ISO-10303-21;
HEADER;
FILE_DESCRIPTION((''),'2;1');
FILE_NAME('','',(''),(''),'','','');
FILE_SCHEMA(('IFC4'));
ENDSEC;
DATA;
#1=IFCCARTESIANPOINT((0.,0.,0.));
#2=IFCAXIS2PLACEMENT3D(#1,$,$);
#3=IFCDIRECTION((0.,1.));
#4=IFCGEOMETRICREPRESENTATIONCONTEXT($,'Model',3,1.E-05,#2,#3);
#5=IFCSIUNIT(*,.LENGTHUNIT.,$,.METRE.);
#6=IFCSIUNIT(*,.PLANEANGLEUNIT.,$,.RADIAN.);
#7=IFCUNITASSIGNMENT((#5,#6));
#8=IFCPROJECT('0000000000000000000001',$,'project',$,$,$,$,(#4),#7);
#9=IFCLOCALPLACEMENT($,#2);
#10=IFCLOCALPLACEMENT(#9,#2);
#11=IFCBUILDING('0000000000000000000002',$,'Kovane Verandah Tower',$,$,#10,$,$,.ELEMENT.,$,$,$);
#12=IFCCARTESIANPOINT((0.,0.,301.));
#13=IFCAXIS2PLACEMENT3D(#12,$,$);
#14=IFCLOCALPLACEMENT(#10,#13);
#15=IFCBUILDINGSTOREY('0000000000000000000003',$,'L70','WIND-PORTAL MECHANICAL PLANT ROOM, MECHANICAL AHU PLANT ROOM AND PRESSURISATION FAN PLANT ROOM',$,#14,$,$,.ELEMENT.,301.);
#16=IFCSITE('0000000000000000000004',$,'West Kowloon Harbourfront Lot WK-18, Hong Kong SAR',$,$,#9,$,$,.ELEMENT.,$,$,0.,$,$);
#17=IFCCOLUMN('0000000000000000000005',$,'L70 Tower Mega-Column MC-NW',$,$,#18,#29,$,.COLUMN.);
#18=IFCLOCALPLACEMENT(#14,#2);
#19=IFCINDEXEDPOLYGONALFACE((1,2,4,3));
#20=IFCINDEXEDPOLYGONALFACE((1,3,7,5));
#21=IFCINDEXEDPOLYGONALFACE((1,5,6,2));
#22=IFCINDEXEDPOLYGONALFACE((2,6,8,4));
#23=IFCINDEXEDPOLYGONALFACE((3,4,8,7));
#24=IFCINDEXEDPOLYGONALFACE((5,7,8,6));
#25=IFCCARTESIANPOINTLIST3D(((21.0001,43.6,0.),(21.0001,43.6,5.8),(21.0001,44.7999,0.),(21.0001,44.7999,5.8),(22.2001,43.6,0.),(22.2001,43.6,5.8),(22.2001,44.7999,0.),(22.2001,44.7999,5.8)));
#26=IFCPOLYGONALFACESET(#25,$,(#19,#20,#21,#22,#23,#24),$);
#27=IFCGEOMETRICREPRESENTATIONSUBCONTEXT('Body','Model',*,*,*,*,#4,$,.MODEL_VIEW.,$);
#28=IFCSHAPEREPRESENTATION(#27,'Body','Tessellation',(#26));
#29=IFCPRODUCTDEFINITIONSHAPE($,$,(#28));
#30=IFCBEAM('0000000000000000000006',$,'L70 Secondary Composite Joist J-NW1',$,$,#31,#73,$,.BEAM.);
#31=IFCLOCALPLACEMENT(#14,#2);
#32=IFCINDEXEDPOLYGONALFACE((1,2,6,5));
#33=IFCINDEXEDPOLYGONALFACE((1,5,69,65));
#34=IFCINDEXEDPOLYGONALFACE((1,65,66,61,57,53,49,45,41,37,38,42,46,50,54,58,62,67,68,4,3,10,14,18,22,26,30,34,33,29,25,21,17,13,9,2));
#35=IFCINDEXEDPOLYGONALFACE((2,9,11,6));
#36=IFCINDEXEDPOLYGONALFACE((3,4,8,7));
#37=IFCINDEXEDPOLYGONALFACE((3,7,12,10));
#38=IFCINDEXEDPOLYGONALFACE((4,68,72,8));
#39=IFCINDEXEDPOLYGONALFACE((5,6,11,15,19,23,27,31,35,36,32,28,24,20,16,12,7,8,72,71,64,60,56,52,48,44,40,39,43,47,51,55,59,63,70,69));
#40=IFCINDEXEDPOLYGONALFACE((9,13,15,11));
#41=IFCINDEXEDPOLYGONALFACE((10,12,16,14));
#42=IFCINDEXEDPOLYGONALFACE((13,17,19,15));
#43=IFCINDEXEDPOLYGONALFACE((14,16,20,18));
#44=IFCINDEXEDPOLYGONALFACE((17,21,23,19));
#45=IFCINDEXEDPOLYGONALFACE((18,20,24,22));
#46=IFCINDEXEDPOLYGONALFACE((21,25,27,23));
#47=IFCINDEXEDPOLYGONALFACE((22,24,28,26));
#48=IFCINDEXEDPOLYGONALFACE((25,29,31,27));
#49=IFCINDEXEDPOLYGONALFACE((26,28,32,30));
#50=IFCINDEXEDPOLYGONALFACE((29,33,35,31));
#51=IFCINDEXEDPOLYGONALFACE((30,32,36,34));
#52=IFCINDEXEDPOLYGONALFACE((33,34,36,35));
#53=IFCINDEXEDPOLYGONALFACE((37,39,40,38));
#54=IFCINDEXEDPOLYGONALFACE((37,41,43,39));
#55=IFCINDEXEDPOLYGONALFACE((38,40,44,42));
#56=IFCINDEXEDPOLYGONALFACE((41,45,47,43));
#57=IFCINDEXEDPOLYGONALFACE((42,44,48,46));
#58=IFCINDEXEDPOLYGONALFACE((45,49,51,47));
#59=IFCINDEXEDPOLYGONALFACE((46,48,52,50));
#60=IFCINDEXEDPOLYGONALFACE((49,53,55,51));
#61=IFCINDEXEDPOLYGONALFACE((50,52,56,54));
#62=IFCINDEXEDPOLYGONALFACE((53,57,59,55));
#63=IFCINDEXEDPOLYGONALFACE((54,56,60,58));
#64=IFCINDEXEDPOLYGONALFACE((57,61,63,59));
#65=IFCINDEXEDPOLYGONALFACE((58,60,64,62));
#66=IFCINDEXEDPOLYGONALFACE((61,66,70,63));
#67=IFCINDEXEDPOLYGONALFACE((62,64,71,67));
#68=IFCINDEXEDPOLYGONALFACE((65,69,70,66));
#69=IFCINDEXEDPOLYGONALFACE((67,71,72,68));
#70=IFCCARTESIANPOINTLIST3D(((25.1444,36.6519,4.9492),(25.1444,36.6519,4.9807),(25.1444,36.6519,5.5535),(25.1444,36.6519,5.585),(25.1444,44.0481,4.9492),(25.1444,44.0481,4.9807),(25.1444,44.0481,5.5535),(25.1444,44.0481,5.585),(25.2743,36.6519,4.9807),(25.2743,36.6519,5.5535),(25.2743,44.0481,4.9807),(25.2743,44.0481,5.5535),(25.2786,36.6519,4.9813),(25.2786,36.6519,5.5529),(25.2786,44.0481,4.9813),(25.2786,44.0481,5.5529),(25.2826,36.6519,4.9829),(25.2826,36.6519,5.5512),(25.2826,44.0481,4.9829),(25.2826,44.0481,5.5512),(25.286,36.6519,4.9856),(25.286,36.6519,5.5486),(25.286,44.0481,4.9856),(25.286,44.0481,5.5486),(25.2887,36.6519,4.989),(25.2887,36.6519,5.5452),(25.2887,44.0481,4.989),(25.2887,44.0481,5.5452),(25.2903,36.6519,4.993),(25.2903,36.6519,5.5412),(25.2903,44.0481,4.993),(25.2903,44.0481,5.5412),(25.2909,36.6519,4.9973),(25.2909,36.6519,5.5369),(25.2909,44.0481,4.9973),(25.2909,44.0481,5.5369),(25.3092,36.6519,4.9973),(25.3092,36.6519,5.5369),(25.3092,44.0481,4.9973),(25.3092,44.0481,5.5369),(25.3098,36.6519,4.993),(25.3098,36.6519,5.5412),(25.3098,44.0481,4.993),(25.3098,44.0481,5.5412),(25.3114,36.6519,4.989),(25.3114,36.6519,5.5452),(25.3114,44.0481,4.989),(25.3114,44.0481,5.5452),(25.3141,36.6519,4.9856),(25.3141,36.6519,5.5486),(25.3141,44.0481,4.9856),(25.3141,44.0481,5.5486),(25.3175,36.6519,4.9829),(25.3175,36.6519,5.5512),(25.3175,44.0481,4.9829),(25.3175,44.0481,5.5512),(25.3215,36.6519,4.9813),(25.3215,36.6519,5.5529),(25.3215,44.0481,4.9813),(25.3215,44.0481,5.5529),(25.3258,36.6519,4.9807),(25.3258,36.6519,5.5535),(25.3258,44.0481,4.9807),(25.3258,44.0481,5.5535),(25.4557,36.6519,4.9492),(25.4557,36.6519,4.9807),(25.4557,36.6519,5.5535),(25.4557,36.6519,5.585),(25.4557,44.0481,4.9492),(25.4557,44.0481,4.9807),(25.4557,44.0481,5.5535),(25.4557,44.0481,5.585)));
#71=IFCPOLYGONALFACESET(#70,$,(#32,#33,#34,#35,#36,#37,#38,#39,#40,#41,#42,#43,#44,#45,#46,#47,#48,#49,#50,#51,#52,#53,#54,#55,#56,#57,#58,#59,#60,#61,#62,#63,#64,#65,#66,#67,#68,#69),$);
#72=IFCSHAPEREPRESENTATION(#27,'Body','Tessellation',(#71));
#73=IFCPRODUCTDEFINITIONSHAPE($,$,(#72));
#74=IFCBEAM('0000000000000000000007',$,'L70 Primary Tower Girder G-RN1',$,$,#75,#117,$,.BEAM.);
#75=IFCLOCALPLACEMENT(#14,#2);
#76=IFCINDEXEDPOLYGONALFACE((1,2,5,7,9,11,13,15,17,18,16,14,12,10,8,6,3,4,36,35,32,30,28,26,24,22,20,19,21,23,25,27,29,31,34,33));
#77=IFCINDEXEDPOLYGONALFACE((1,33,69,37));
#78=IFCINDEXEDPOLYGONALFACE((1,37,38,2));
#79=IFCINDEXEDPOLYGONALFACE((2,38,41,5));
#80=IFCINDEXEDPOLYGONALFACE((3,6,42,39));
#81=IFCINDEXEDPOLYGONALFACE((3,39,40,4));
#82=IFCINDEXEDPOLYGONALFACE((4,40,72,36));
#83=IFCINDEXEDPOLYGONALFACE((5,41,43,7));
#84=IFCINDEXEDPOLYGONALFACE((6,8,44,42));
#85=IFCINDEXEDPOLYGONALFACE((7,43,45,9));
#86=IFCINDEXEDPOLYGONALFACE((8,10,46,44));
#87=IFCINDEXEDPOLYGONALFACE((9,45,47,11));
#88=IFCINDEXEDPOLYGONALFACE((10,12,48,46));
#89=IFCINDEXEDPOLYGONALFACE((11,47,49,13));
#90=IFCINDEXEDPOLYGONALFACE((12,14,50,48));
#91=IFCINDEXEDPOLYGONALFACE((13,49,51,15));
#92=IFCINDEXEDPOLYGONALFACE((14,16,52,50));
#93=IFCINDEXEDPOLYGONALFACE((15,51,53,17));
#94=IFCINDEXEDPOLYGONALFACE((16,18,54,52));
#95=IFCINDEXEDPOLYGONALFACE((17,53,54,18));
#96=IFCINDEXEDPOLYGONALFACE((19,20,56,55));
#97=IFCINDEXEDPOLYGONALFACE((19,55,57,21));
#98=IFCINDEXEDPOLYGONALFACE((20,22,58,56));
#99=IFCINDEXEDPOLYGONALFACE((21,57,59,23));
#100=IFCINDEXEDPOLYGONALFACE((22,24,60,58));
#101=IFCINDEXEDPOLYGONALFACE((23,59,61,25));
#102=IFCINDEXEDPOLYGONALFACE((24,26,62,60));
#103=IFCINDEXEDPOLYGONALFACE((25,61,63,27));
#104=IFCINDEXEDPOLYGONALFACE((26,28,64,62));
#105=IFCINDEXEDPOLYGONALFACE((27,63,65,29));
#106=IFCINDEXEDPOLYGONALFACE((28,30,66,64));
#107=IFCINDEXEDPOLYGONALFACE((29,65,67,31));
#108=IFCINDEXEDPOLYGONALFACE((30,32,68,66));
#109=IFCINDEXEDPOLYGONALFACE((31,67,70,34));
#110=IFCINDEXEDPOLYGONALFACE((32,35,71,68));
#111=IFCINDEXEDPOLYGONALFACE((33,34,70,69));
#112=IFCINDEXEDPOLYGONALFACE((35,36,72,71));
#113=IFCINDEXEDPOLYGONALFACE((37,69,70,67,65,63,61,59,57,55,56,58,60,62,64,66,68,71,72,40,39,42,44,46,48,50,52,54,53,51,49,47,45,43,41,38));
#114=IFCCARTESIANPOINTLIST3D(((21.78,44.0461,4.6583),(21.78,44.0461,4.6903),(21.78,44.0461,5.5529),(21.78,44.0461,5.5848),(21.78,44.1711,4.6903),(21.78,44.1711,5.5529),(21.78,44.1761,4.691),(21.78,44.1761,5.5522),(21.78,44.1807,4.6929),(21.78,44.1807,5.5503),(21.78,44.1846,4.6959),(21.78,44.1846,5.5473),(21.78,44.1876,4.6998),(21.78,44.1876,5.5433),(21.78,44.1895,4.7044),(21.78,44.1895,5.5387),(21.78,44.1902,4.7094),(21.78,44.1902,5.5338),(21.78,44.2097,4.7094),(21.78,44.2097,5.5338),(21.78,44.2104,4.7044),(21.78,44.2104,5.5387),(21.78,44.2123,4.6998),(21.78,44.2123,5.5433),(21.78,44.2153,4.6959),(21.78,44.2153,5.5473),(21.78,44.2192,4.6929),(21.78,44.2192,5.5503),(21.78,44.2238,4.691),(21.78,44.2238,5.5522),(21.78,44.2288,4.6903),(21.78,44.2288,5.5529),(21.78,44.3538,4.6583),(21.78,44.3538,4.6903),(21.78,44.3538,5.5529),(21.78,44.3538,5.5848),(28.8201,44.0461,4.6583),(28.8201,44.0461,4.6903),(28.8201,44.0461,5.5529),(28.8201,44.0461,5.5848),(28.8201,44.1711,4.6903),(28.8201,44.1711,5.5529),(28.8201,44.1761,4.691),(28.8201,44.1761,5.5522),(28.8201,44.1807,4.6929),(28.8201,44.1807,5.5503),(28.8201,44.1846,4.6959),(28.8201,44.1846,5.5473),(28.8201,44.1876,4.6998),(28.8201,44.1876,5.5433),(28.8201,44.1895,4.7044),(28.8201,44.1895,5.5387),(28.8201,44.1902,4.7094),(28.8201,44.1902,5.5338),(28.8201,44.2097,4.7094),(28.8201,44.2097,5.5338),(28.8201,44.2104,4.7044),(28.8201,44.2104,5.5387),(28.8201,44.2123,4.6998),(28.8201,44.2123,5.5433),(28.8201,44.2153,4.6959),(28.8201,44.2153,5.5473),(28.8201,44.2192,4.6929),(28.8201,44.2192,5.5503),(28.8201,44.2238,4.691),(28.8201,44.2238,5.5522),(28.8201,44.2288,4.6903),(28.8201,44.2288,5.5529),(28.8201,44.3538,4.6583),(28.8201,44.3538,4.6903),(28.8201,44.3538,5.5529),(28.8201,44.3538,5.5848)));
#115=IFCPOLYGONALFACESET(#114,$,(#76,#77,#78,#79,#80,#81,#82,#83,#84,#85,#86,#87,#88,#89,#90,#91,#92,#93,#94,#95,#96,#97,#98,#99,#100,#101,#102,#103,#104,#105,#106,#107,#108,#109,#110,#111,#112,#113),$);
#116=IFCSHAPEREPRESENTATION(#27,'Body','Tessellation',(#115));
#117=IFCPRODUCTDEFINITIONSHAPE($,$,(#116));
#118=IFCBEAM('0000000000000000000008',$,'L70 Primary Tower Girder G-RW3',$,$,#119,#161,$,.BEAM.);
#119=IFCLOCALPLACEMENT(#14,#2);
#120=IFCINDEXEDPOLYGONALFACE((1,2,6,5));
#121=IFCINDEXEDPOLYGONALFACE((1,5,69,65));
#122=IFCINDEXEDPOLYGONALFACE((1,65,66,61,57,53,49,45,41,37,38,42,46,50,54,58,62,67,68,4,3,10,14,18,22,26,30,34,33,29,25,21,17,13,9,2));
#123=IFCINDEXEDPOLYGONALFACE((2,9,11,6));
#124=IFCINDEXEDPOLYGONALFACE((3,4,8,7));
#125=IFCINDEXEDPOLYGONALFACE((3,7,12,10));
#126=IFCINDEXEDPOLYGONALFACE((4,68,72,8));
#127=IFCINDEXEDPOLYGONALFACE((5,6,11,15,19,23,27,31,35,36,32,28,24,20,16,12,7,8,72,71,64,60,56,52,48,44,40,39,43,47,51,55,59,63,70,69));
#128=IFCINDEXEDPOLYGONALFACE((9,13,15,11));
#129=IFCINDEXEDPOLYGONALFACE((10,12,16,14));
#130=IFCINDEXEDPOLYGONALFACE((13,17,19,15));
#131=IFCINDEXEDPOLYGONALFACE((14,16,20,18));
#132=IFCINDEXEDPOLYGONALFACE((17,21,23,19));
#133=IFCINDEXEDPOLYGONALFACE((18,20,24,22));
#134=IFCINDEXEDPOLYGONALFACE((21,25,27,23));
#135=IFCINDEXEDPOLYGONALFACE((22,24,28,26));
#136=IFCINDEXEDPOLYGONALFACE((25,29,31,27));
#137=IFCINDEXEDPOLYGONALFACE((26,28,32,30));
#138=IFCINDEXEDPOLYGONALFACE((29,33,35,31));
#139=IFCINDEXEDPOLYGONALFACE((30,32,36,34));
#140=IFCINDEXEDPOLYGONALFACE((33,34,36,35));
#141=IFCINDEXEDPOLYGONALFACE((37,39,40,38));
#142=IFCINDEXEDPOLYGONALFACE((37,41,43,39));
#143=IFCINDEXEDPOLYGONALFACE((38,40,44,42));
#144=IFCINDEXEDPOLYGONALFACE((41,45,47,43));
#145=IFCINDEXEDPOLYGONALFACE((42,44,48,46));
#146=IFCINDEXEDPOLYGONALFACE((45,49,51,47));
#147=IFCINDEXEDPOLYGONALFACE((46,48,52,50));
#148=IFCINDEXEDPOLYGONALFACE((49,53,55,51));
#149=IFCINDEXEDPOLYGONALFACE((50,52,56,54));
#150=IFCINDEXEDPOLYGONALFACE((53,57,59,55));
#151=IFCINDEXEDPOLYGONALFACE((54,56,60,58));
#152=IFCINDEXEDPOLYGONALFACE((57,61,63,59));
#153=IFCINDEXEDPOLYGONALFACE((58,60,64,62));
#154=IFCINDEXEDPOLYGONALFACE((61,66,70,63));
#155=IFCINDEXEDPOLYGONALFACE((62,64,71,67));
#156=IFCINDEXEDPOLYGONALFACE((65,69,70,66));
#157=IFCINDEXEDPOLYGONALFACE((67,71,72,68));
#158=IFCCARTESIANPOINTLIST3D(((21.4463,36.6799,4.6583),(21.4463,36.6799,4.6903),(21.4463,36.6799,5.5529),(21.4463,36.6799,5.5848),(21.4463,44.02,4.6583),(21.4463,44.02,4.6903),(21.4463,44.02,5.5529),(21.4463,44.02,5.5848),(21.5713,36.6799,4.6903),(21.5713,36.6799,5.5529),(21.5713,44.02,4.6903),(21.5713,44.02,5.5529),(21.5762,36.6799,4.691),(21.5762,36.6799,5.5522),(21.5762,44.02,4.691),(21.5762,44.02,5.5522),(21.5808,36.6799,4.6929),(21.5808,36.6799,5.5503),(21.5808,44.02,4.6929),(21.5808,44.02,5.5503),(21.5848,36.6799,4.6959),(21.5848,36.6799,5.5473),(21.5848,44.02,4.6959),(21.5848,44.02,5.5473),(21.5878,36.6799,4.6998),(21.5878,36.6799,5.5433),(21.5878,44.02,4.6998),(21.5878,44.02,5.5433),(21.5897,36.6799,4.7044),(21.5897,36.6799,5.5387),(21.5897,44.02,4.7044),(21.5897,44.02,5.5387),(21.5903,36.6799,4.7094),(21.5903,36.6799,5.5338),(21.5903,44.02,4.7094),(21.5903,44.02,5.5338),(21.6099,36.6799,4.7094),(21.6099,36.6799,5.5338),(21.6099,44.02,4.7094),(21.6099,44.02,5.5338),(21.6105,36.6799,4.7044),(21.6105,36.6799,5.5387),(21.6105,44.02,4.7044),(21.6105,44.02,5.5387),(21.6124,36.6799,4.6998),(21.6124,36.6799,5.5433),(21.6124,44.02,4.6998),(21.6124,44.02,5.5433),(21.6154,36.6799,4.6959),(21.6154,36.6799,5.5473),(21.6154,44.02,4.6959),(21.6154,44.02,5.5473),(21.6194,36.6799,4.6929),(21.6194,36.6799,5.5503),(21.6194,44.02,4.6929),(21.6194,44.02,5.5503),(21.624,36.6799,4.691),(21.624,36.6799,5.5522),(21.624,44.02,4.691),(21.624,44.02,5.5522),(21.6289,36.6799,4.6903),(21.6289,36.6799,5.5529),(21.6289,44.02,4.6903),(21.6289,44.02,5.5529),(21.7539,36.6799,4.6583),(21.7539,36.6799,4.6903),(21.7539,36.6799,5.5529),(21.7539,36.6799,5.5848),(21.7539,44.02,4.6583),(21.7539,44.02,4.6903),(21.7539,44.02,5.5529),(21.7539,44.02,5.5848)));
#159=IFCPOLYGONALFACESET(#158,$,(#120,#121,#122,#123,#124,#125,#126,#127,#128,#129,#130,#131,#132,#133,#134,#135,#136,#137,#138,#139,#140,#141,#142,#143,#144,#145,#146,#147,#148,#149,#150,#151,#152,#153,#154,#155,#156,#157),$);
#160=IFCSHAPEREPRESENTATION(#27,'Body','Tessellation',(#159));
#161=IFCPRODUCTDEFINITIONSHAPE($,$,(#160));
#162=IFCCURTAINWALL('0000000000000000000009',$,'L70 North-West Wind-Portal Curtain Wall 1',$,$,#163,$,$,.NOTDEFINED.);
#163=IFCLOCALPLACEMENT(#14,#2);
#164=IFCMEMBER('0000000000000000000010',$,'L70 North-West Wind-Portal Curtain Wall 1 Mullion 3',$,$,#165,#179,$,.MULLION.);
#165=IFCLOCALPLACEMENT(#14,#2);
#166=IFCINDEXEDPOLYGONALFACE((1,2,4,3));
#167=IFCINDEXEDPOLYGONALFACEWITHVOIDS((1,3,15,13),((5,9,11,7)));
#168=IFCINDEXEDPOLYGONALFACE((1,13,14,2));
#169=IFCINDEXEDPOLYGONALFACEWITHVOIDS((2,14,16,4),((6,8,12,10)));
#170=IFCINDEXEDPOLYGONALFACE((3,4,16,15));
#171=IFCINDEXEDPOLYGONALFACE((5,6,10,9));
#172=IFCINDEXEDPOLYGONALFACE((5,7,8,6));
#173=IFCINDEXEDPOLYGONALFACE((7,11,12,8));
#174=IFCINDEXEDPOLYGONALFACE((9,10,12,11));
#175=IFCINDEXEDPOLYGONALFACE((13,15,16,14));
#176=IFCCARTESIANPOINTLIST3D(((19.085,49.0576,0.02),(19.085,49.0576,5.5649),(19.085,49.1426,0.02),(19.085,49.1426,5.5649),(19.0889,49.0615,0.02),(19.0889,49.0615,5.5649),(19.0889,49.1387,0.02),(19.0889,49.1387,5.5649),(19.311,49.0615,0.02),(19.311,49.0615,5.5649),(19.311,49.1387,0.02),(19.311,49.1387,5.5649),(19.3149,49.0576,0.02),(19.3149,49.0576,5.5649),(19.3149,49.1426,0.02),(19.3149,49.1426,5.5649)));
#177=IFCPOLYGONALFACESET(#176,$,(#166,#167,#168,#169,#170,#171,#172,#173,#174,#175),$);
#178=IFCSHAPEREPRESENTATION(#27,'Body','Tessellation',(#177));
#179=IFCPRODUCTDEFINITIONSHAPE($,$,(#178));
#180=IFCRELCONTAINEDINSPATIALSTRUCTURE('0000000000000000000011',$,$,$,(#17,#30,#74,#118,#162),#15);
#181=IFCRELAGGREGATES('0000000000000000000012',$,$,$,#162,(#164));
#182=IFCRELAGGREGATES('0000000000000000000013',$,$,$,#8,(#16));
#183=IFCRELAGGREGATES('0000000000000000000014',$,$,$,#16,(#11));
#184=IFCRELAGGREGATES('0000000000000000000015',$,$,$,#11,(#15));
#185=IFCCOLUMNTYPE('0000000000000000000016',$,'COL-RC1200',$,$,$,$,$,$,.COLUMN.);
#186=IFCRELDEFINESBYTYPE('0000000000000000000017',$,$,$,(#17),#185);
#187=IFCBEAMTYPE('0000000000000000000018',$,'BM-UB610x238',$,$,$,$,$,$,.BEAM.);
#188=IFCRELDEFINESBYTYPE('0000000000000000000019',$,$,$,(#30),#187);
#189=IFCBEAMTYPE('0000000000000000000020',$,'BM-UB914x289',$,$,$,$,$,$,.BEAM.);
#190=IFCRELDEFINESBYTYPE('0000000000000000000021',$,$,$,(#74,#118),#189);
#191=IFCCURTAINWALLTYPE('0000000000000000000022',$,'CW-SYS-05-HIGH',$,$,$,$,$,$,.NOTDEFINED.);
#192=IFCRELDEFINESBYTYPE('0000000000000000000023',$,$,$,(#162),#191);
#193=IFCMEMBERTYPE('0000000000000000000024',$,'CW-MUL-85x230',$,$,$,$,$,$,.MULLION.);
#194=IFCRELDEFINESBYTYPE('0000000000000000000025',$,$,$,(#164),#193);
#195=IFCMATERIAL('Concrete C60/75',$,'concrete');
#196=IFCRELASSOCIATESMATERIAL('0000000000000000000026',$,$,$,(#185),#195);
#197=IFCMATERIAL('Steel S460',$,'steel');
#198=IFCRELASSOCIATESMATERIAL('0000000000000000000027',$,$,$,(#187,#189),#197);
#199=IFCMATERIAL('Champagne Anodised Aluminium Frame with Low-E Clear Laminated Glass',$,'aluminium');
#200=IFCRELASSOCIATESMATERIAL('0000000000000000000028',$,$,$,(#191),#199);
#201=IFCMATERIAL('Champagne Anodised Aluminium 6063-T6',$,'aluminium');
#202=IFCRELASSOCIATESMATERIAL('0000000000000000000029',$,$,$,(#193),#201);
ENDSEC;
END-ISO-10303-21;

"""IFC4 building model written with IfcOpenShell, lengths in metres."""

from ifc_helpers import new_model, si_unit, direction, frame, origin, origin_2d, place, context, subcontext, project, spatial, rectangle, hollow_rectangle, i_section, extrude, material, material_profile, profile_set, type_object, element, aggregate, save


model = new_model("IFC4")

# Units and contexts
model_context = context("Model", 3, precision=1e-05, world=origin(), true_north=direction((0.0, 1.0)))
body_context = subcontext(model_context, "Body", "Model", "MODEL_VIEW")
ifc_project = project(units=[si_unit("LENGTHUNIT", "METRE"), si_unit("PLANEANGLEUNIT", "RADIAN")], contexts=[model_context])

# Site, building, storey
site_placement = place(None, origin())
site = spatial("IfcSite", under=ifc_project, at=site_placement, Name="West Kowloon Harbourfront Lot WK-18, Hong Kong SAR", CompositionType="ELEMENT", RefElevation=0.0)
building_placement = place(site_placement, origin())
building = spatial("IfcBuilding", under=site, at=building_placement, Name="Kovane Verandah Tower", CompositionType="ELEMENT")
storey_placement = place(building_placement, frame((0.0, 0.0, 301.0)))
storey = spatial("IfcBuildingStorey", under=building, at=storey_placement, Name="L70", Description="WIND-PORTAL MECHANICAL PLANT ROOM, MECHANICAL AHU PLANT ROOM AND PRESSURISATION FAN PLANT ROOM", CompositionType="ELEMENT", Elevation=301.0)

# Column
ifc_material_1 = material(Name="Concrete C60/75", Category="concrete")
ifc_material_profile_1 = material_profile(ifc_material_1, rectangle(XDim=1.2, YDim=1.2, at=origin_2d()), Name="RC1200x1200")
ifc_profile_set_1 = profile_set([ifc_material_profile_1], Name="Concrete C60/75")
column_type = type_object("IfcColumnType", Name="COL-RC1200", PredefinedType="COLUMN", material=ifc_profile_set_1)
column_placement = place(storey_placement, frame((21.6001, 44.2, 0.0), z_axis=(0.0, 0.0, 1.0), x_axis=(1.0, 0.0, 0.0)))
element("IfcColumn", 1, at=column_placement, inside=storey, type_object=column_type, Name="L70 Tower Mega-Column MC-NW", PredefinedType="COLUMN", context=body_context, shape_type="SweptSolid", body=[
    extrude(rectangle(XDim=1.2, YDim=1.2, at=origin_2d()), origin(), (0.0, 0.0, 1.0), 5.8),
])

# Beams
ifc_material_2 = material(Name="Steel S460", Category="steel")
ifc_material_profile_2 = material_profile(ifc_material_2, i_section(OverallWidth=0.3113, OverallDepth=0.6357, WebThickness=0.0183, FlangeThickness=0.0315, FilletRadius=0.0166, at=origin_2d()), Name="UB610x305x238")
ifc_profile_set_2 = profile_set([ifc_material_profile_2], Name="Steel S460")
beam_type_1 = type_object("IfcBeamType", Name="BM-UB610x238", PredefinedType="BEAM", material=ifc_profile_set_2)
beam_1_placement = place(storey_placement, frame((25.3, 36.6519, 5.2671), z_axis=(0.0, 1.0, 0.0), x_axis=(-1.0, 0.0, 0.0)))
element("IfcBeam", 2, at=beam_1_placement, inside=storey, type_object=beam_type_1, Name="L70 Secondary Composite Joist J-NW1", PredefinedType="BEAM", context=body_context, shape_type="SweptSolid", body=[
    extrude(i_section(OverallWidth=0.3113, OverallDepth=0.6357, WebThickness=0.0183, FlangeThickness=0.0315, FilletRadius=0.0166, at=origin_2d()), origin(), (0.0, 0.0, 1.0), 7.3962),
])
ifc_material_profile_3 = material_profile(ifc_material_2, i_section(OverallWidth=0.3076, OverallDepth=0.9265, WebThickness=0.0195, FlangeThickness=0.032, FilletRadius=0.019, at=origin_2d()), Name="UB914x305x289")
ifc_profile_set_3 = profile_set([ifc_material_profile_3], Name="Steel S460")
beam_type_2 = type_object("IfcBeamType", Name="BM-UB914x289", PredefinedType="BEAM", material=ifc_profile_set_3)
beam_2_placement = place(storey_placement, frame((21.78, 44.2, 5.1216), z_axis=(1.0, 0.0, 0.0), x_axis=(0.0, 1.0, 0.0)))
element("IfcBeam", 3, at=beam_2_placement, inside=storey, type_object=beam_type_2, Name="L70 Primary Tower Girder G-RN1", PredefinedType="BEAM", context=body_context, shape_type="SweptSolid", body=[
    extrude(i_section(OverallWidth=0.3076, OverallDepth=0.9265, WebThickness=0.0195, FlangeThickness=0.032, FilletRadius=0.019, at=origin_2d()), origin(), (0.0, 0.0, 1.0), 7.04),
])
beam_3_placement = place(storey_placement, frame((21.6001, 36.6799, 5.1216), z_axis=(0.0, 1.0, 0.0), x_axis=(-1.0, 0.0, 0.0)))
element("IfcBeam", 4, at=beam_3_placement, inside=storey, type_object=beam_type_2, Name="L70 Primary Tower Girder G-RW3", PredefinedType="BEAM", context=body_context, shape_type="SweptSolid", body=[
    extrude(i_section(OverallWidth=0.3076, OverallDepth=0.9265, WebThickness=0.0195, FlangeThickness=0.032, FilletRadius=0.019, at=origin_2d()), origin(), (0.0, 0.0, 1.0), 7.3401),
])

# Curtain wall, member
ifc_material_3 = material(Name="Champagne Anodised Aluminium Frame with Low-E Clear Laminated Glass", Category="aluminium")
curtain_wall_type = type_object("IfcCurtainWallType", Name="CW-SYS-05-HIGH", PredefinedType="NOTDEFINED", material=ifc_material_3)
curtain_wall_1_placement = place(storey_placement, origin())
curtain_wall_1 = element("IfcCurtainWall", 5, at=curtain_wall_1_placement, inside=storey, type_object=curtain_wall_type, Name="L70 North-West Wind-Portal Curtain Wall 1", PredefinedType="NOTDEFINED")
ifc_material_4 = material(Name="Champagne Anodised Aluminium 6063-T6", Category="aluminium")
ifc_material_profile_4 = material_profile(ifc_material_4, hollow_rectangle(XDim=0.085, YDim=0.23, WallThickness=0.0039, at=origin_2d()), Name="AL85x230x4")
ifc_profile_set_4 = profile_set([ifc_material_profile_4], Name="Champagne Anodised Aluminium 6063-T6")
member_type_1 = type_object("IfcMemberType", Name="CW-MUL-85x230", PredefinedType="MULLION", material=ifc_profile_set_4)
member_1_placement = place(storey_placement, frame((19.2, 49.1001, 0.02), z_axis=(0.0, 0.0, 1.0), x_axis=(0.0, 1.0, 0.0)))
member_1 = element("IfcMember", 6, at=member_1_placement, type_object=member_type_1, Name="L70 North-West Wind-Portal Curtain Wall 1 Mullion 3", PredefinedType="MULLION", context=body_context, shape_type="SweptSolid", body=[
    extrude(hollow_rectangle(XDim=0.085, YDim=0.23, WallThickness=0.0039, at=origin_2d()), origin(), (0.0, 0.0, 1.0), 5.5449),
])

aggregate(curtain_wall_1, [member_1])

save(model, "model.ifc")
